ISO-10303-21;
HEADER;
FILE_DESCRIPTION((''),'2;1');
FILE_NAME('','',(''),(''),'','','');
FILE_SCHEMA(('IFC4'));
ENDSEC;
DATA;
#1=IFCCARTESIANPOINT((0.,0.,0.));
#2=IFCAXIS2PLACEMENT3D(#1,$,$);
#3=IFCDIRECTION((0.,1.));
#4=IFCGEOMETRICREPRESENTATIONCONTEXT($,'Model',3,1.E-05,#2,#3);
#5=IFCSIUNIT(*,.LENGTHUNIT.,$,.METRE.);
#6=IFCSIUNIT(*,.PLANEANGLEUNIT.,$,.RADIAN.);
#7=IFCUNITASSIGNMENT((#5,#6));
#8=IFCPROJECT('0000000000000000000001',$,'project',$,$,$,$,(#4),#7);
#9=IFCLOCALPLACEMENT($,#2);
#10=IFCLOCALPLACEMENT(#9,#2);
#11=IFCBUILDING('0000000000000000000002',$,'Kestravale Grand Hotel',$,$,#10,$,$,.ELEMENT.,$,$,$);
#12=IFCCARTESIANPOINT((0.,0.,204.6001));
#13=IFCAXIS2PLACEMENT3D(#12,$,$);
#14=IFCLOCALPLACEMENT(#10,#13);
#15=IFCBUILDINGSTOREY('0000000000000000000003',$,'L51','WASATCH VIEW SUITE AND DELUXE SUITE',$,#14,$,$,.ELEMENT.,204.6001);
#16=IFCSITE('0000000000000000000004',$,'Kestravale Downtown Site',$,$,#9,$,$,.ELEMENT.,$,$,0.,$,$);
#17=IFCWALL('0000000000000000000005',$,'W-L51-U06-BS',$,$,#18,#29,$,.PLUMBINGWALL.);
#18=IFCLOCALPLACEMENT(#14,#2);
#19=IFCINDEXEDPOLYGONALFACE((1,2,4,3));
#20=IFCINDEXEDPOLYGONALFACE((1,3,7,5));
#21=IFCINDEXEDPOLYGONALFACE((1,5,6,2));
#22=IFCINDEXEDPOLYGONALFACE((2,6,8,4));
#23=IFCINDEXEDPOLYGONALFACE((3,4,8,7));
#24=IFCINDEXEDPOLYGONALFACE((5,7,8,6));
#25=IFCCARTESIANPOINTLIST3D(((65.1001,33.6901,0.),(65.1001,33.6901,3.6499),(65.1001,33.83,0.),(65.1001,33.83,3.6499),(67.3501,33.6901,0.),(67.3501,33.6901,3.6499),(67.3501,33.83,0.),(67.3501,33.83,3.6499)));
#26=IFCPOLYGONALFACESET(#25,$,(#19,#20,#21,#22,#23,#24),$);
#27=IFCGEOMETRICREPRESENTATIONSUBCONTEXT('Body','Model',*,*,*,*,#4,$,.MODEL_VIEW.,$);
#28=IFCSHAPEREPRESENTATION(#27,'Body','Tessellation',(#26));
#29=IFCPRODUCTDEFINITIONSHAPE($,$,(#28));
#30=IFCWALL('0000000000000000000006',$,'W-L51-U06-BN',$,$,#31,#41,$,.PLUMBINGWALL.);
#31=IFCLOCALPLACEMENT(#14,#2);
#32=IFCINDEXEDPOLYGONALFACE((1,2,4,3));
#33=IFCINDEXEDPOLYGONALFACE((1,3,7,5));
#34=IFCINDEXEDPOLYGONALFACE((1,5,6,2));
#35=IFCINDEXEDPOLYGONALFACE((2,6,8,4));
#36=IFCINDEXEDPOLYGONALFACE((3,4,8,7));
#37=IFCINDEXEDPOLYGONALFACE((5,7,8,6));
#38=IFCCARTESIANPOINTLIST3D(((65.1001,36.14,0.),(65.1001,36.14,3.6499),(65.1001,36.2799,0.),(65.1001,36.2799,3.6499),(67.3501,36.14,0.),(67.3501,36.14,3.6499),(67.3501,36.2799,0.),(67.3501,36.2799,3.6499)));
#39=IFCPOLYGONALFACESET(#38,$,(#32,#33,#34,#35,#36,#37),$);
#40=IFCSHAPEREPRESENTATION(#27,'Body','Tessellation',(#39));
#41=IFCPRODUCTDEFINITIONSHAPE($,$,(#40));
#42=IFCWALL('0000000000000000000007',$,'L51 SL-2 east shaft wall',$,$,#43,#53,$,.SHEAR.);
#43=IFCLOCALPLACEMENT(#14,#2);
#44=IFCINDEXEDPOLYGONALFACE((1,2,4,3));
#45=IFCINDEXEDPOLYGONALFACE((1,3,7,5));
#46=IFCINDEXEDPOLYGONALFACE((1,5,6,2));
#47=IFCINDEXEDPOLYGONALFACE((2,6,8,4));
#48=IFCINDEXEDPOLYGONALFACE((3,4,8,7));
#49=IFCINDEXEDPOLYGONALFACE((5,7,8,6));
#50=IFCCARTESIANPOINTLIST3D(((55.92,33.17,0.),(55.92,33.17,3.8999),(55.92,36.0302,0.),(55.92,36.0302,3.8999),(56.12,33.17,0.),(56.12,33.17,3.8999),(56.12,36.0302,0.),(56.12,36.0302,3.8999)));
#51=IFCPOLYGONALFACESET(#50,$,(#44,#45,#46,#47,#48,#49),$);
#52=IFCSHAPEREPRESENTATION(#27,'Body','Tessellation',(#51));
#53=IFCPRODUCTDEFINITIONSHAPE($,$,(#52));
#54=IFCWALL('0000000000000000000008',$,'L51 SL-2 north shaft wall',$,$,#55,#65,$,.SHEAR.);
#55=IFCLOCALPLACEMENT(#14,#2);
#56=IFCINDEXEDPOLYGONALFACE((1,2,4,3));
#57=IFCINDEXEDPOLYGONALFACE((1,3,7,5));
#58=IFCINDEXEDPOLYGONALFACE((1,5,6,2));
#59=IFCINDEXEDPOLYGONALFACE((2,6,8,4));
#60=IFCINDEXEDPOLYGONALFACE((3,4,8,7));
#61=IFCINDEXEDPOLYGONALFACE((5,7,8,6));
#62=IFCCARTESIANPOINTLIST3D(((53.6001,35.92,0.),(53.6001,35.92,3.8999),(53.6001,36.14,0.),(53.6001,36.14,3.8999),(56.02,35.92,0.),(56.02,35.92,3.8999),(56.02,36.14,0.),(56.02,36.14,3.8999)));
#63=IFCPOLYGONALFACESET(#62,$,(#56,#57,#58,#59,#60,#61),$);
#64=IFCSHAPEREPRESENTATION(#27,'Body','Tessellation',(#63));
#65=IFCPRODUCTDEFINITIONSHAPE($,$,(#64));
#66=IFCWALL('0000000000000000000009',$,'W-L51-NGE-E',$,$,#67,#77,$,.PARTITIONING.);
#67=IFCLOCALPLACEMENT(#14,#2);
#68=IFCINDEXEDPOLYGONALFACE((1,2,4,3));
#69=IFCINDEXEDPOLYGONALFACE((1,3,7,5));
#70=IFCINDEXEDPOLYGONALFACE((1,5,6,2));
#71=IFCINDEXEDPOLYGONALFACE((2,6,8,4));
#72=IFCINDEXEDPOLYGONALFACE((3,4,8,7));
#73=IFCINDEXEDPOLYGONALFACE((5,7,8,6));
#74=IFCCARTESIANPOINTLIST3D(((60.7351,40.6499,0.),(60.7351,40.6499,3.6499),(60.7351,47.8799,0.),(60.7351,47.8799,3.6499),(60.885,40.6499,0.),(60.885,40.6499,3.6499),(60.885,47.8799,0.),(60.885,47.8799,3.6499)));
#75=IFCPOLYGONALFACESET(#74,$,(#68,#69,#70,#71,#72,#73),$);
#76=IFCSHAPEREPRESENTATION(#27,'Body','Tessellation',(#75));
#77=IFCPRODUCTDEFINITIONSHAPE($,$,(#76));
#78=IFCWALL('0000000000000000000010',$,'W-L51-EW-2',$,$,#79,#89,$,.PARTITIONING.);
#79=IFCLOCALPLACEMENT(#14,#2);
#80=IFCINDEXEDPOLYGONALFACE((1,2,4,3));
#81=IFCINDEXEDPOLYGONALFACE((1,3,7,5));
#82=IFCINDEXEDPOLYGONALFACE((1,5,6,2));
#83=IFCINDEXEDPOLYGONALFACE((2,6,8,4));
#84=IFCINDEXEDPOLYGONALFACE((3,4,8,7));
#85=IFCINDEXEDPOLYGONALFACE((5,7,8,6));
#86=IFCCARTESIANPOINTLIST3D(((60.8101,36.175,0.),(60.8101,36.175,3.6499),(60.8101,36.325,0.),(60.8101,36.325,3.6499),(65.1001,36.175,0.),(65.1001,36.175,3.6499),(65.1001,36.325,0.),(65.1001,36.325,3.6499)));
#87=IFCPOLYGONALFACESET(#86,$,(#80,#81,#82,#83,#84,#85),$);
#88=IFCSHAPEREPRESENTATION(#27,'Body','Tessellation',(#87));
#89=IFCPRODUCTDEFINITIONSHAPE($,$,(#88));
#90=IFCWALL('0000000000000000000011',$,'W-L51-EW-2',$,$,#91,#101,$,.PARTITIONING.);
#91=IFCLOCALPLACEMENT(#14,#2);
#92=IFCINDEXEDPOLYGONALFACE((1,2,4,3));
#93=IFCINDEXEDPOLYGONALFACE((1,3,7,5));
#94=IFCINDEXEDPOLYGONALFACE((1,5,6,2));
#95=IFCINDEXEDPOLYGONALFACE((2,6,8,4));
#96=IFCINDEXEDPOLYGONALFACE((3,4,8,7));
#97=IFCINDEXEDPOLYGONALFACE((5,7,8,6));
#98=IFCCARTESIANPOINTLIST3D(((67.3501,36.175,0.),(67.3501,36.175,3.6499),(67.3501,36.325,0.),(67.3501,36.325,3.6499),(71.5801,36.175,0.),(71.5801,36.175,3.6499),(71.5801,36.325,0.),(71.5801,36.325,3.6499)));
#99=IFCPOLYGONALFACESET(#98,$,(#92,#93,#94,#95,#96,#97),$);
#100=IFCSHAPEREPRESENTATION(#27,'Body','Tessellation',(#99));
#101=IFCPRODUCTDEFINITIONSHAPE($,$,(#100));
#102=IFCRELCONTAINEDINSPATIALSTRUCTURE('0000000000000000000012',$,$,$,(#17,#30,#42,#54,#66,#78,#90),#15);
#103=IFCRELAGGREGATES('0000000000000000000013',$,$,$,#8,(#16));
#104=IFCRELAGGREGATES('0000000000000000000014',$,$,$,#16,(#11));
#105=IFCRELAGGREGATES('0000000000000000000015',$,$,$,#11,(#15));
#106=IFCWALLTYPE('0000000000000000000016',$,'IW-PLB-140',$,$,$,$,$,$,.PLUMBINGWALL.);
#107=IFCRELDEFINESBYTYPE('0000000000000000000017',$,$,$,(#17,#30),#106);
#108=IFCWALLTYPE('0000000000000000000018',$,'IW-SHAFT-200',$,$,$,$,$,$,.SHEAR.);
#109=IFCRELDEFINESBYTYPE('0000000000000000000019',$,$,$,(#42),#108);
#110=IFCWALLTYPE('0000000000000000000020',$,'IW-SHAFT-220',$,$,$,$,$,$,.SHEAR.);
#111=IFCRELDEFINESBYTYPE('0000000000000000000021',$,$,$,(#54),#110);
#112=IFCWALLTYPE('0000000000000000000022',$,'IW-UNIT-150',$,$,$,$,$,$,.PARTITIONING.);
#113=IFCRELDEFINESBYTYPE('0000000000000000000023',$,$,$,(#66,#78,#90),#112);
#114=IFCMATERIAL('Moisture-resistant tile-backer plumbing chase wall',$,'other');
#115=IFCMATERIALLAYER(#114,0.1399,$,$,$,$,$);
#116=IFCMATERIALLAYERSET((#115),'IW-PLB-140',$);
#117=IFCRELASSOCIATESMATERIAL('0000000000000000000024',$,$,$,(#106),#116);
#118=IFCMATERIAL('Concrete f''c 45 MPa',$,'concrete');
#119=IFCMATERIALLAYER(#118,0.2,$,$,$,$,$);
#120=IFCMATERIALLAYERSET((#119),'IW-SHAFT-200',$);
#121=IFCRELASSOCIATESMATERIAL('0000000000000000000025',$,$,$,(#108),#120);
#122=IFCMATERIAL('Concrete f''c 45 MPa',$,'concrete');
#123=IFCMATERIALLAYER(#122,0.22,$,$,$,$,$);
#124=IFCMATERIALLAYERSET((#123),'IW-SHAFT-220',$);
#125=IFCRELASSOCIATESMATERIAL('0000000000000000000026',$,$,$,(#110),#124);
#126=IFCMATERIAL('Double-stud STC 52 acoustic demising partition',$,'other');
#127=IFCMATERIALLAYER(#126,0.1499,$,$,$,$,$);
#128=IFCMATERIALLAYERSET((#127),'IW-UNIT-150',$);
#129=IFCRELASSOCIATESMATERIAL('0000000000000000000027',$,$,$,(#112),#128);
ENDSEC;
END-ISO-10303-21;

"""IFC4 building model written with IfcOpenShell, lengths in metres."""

from ifc_helpers import new_model, si_unit, direction, frame, frame_2d, origin, place, context, subcontext, project, spatial, rectangle, extrude, material, layer, layer_set, type_object, element, save


model = new_model("IFC4")

# Units and contexts
model_context = context("Model", 3, precision=1e-05, world=origin(), true_north=direction((0.0, 1.0)))
body_context = subcontext(model_context, "Body", "Model", "MODEL_VIEW")
ifc_project = project(units=[si_unit("LENGTHUNIT", "METRE"), si_unit("PLANEANGLEUNIT", "RADIAN")], contexts=[model_context])

# Site, building, storey
site_placement = place(None, origin())
site = spatial("IfcSite", under=ifc_project, at=site_placement, Name="Kestravale Downtown Site", CompositionType="ELEMENT", RefElevation=0.0)
building_placement = place(site_placement, origin())
building = spatial("IfcBuilding", under=site, at=building_placement, Name="Kestravale Grand Hotel", CompositionType="ELEMENT")
storey_placement = place(building_placement, frame((0.0, 0.0, 204.6001)))
storey = spatial("IfcBuildingStorey", under=building, at=storey_placement, Name="L51", Description="WASATCH VIEW SUITE AND DELUXE SUITE", CompositionType="ELEMENT", Elevation=204.6001)

# Shared definitions
ifc_material_1 = material(Name="Moisture-resistant tile-backer plumbing chase wall", Category="other")
ifc_layer_1 = layer(ifc_material_1, 0.1399)
ifc_layer_set_1 = layer_set([ifc_layer_1], Name="IW-PLB-140")
wall_type_1 = type_object("IfcWallType", Name="IW-PLB-140", PredefinedType="PLUMBINGWALL", material=ifc_layer_set_1)

# Walls
for number, where, z_axis, x_axis, name in (
    (1, (65.1001, 33.76, 0.0), (0.0, 0.0, 1.0), (1.0, 0.0, 0.0), "W-L51-U06-BS"),
    (2, (65.1001, 36.21, 0.0), (0.0, 0.0, 1.0), (1.0, 0.0, 0.0), "W-L51-U06-BN"),
):
    element("IfcWall", number, at=place(storey_placement, frame(where, z_axis=z_axis, x_axis=x_axis)), inside=storey, type_object=wall_type_1, Name=name, PredefinedType="PLUMBINGWALL", context=body_context, shape_type="SweptSolid", body=[
        extrude(rectangle(XDim=2.25, YDim=0.1399, at=frame_2d((1.125, 0.0))), origin(), (0.0, 0.0, 1.0), 3.6499),
    ])
ifc_material_2 = material(Name="Concrete f'c 45 MPa", Category="concrete")
ifc_layer_2 = layer(ifc_material_2, 0.2)
ifc_layer_set_2 = layer_set([ifc_layer_2], Name="IW-SHAFT-200")
wall_type_2 = type_object("IfcWallType", Name="IW-SHAFT-200", PredefinedType="SHEAR", material=ifc_layer_set_2)
wall_1_placement = place(storey_placement, frame((56.02, 33.1699, 0.0), z_axis=(0.0, 0.0, 1.0), x_axis=(0.0, 1.0, 0.0)))
element("IfcWall", 3, at=wall_1_placement, inside=storey, type_object=wall_type_2, Name="L51 SL-2 east shaft wall", PredefinedType="SHEAR", context=body_context, shape_type="SweptSolid", body=[
    extrude(rectangle(XDim=2.8601, YDim=0.2, at=frame_2d((1.4302, 0.0))), origin(), (0.0, 0.0, 1.0), 3.8999),
])
ifc_material_3 = material(Name="Concrete f'c 45 MPa", Category="concrete")
ifc_layer_3 = layer(ifc_material_3, 0.22)
ifc_layer_set_3 = layer_set([ifc_layer_3], Name="IW-SHAFT-220")
wall_type_3 = type_object("IfcWallType", Name="IW-SHAFT-220", PredefinedType="SHEAR", material=ifc_layer_set_3)
wall_2_placement = place(storey_placement, frame((53.6001, 36.03, 0.0), z_axis=(0.0, 0.0, 1.0), x_axis=(1.0, 0.0, 0.0)))
element("IfcWall", 4, at=wall_2_placement, inside=storey, type_object=wall_type_3, Name="L51 SL-2 north shaft wall", PredefinedType="SHEAR", context=body_context, shape_type="SweptSolid", body=[
    extrude(rectangle(XDim=2.4199, YDim=0.22, at=frame_2d((1.21, 0.0))), origin(), (0.0, 0.0, 1.0), 3.8999),
])

# Shared definitions
ifc_material_4 = material(Name="Double-stud STC 52 acoustic demising partition", Category="other")
ifc_layer_4 = layer(ifc_material_4, 0.1499)
ifc_layer_set_4 = layer_set([ifc_layer_4], Name="IW-UNIT-150")
wall_type_4 = type_object("IfcWallType", Name="IW-UNIT-150", PredefinedType="PARTITIONING", material=ifc_layer_set_4)

# Walls
wall_3_placement = place(storey_placement, frame((60.8101, 40.6499, 0.0), z_axis=(0.0, 0.0, 1.0), x_axis=(0.0, 1.0, 0.0)))
element("IfcWall", 5, at=wall_3_placement, inside=storey, type_object=wall_type_4, Name="W-L51-NGE-E", PredefinedType="PARTITIONING", context=body_context, shape_type="SweptSolid", body=[
    extrude(rectangle(XDim=7.23, YDim=0.1499, at=frame_2d((3.615, 0.0))), origin(), (0.0, 0.0, 1.0), 3.6499),
])
wall_4_placement = place(storey_placement, frame((60.8101, 36.25, 0.0), z_axis=(0.0, 0.0, 1.0), x_axis=(1.0, 0.0, 0.0)))
element("IfcWall", 6, at=wall_4_placement, inside=storey, type_object=wall_type_4, Name="W-L51-EW-2", PredefinedType="PARTITIONING", context=body_context, shape_type="SweptSolid", body=[
    extrude(rectangle(XDim=4.29, YDim=0.1499, at=frame_2d((2.145, 0.0))), origin(), (0.0, 0.0, 1.0), 3.6499),
])
wall_5_placement = place(storey_placement, frame((67.3501, 36.25, 0.0), z_axis=(0.0, 0.0, 1.0), x_axis=(1.0, 0.0, 0.0)))
element("IfcWall", 7, at=wall_5_placement, inside=storey, type_object=wall_type_4, Name="W-L51-EW-2", PredefinedType="PARTITIONING", context=body_context, shape_type="SweptSolid", body=[
    extrude(rectangle(XDim=4.23, YDim=0.1499, at=frame_2d((2.115, 0.0))), origin(), (0.0, 0.0, 1.0), 3.6499),
])

save(model, "model.ifc")
